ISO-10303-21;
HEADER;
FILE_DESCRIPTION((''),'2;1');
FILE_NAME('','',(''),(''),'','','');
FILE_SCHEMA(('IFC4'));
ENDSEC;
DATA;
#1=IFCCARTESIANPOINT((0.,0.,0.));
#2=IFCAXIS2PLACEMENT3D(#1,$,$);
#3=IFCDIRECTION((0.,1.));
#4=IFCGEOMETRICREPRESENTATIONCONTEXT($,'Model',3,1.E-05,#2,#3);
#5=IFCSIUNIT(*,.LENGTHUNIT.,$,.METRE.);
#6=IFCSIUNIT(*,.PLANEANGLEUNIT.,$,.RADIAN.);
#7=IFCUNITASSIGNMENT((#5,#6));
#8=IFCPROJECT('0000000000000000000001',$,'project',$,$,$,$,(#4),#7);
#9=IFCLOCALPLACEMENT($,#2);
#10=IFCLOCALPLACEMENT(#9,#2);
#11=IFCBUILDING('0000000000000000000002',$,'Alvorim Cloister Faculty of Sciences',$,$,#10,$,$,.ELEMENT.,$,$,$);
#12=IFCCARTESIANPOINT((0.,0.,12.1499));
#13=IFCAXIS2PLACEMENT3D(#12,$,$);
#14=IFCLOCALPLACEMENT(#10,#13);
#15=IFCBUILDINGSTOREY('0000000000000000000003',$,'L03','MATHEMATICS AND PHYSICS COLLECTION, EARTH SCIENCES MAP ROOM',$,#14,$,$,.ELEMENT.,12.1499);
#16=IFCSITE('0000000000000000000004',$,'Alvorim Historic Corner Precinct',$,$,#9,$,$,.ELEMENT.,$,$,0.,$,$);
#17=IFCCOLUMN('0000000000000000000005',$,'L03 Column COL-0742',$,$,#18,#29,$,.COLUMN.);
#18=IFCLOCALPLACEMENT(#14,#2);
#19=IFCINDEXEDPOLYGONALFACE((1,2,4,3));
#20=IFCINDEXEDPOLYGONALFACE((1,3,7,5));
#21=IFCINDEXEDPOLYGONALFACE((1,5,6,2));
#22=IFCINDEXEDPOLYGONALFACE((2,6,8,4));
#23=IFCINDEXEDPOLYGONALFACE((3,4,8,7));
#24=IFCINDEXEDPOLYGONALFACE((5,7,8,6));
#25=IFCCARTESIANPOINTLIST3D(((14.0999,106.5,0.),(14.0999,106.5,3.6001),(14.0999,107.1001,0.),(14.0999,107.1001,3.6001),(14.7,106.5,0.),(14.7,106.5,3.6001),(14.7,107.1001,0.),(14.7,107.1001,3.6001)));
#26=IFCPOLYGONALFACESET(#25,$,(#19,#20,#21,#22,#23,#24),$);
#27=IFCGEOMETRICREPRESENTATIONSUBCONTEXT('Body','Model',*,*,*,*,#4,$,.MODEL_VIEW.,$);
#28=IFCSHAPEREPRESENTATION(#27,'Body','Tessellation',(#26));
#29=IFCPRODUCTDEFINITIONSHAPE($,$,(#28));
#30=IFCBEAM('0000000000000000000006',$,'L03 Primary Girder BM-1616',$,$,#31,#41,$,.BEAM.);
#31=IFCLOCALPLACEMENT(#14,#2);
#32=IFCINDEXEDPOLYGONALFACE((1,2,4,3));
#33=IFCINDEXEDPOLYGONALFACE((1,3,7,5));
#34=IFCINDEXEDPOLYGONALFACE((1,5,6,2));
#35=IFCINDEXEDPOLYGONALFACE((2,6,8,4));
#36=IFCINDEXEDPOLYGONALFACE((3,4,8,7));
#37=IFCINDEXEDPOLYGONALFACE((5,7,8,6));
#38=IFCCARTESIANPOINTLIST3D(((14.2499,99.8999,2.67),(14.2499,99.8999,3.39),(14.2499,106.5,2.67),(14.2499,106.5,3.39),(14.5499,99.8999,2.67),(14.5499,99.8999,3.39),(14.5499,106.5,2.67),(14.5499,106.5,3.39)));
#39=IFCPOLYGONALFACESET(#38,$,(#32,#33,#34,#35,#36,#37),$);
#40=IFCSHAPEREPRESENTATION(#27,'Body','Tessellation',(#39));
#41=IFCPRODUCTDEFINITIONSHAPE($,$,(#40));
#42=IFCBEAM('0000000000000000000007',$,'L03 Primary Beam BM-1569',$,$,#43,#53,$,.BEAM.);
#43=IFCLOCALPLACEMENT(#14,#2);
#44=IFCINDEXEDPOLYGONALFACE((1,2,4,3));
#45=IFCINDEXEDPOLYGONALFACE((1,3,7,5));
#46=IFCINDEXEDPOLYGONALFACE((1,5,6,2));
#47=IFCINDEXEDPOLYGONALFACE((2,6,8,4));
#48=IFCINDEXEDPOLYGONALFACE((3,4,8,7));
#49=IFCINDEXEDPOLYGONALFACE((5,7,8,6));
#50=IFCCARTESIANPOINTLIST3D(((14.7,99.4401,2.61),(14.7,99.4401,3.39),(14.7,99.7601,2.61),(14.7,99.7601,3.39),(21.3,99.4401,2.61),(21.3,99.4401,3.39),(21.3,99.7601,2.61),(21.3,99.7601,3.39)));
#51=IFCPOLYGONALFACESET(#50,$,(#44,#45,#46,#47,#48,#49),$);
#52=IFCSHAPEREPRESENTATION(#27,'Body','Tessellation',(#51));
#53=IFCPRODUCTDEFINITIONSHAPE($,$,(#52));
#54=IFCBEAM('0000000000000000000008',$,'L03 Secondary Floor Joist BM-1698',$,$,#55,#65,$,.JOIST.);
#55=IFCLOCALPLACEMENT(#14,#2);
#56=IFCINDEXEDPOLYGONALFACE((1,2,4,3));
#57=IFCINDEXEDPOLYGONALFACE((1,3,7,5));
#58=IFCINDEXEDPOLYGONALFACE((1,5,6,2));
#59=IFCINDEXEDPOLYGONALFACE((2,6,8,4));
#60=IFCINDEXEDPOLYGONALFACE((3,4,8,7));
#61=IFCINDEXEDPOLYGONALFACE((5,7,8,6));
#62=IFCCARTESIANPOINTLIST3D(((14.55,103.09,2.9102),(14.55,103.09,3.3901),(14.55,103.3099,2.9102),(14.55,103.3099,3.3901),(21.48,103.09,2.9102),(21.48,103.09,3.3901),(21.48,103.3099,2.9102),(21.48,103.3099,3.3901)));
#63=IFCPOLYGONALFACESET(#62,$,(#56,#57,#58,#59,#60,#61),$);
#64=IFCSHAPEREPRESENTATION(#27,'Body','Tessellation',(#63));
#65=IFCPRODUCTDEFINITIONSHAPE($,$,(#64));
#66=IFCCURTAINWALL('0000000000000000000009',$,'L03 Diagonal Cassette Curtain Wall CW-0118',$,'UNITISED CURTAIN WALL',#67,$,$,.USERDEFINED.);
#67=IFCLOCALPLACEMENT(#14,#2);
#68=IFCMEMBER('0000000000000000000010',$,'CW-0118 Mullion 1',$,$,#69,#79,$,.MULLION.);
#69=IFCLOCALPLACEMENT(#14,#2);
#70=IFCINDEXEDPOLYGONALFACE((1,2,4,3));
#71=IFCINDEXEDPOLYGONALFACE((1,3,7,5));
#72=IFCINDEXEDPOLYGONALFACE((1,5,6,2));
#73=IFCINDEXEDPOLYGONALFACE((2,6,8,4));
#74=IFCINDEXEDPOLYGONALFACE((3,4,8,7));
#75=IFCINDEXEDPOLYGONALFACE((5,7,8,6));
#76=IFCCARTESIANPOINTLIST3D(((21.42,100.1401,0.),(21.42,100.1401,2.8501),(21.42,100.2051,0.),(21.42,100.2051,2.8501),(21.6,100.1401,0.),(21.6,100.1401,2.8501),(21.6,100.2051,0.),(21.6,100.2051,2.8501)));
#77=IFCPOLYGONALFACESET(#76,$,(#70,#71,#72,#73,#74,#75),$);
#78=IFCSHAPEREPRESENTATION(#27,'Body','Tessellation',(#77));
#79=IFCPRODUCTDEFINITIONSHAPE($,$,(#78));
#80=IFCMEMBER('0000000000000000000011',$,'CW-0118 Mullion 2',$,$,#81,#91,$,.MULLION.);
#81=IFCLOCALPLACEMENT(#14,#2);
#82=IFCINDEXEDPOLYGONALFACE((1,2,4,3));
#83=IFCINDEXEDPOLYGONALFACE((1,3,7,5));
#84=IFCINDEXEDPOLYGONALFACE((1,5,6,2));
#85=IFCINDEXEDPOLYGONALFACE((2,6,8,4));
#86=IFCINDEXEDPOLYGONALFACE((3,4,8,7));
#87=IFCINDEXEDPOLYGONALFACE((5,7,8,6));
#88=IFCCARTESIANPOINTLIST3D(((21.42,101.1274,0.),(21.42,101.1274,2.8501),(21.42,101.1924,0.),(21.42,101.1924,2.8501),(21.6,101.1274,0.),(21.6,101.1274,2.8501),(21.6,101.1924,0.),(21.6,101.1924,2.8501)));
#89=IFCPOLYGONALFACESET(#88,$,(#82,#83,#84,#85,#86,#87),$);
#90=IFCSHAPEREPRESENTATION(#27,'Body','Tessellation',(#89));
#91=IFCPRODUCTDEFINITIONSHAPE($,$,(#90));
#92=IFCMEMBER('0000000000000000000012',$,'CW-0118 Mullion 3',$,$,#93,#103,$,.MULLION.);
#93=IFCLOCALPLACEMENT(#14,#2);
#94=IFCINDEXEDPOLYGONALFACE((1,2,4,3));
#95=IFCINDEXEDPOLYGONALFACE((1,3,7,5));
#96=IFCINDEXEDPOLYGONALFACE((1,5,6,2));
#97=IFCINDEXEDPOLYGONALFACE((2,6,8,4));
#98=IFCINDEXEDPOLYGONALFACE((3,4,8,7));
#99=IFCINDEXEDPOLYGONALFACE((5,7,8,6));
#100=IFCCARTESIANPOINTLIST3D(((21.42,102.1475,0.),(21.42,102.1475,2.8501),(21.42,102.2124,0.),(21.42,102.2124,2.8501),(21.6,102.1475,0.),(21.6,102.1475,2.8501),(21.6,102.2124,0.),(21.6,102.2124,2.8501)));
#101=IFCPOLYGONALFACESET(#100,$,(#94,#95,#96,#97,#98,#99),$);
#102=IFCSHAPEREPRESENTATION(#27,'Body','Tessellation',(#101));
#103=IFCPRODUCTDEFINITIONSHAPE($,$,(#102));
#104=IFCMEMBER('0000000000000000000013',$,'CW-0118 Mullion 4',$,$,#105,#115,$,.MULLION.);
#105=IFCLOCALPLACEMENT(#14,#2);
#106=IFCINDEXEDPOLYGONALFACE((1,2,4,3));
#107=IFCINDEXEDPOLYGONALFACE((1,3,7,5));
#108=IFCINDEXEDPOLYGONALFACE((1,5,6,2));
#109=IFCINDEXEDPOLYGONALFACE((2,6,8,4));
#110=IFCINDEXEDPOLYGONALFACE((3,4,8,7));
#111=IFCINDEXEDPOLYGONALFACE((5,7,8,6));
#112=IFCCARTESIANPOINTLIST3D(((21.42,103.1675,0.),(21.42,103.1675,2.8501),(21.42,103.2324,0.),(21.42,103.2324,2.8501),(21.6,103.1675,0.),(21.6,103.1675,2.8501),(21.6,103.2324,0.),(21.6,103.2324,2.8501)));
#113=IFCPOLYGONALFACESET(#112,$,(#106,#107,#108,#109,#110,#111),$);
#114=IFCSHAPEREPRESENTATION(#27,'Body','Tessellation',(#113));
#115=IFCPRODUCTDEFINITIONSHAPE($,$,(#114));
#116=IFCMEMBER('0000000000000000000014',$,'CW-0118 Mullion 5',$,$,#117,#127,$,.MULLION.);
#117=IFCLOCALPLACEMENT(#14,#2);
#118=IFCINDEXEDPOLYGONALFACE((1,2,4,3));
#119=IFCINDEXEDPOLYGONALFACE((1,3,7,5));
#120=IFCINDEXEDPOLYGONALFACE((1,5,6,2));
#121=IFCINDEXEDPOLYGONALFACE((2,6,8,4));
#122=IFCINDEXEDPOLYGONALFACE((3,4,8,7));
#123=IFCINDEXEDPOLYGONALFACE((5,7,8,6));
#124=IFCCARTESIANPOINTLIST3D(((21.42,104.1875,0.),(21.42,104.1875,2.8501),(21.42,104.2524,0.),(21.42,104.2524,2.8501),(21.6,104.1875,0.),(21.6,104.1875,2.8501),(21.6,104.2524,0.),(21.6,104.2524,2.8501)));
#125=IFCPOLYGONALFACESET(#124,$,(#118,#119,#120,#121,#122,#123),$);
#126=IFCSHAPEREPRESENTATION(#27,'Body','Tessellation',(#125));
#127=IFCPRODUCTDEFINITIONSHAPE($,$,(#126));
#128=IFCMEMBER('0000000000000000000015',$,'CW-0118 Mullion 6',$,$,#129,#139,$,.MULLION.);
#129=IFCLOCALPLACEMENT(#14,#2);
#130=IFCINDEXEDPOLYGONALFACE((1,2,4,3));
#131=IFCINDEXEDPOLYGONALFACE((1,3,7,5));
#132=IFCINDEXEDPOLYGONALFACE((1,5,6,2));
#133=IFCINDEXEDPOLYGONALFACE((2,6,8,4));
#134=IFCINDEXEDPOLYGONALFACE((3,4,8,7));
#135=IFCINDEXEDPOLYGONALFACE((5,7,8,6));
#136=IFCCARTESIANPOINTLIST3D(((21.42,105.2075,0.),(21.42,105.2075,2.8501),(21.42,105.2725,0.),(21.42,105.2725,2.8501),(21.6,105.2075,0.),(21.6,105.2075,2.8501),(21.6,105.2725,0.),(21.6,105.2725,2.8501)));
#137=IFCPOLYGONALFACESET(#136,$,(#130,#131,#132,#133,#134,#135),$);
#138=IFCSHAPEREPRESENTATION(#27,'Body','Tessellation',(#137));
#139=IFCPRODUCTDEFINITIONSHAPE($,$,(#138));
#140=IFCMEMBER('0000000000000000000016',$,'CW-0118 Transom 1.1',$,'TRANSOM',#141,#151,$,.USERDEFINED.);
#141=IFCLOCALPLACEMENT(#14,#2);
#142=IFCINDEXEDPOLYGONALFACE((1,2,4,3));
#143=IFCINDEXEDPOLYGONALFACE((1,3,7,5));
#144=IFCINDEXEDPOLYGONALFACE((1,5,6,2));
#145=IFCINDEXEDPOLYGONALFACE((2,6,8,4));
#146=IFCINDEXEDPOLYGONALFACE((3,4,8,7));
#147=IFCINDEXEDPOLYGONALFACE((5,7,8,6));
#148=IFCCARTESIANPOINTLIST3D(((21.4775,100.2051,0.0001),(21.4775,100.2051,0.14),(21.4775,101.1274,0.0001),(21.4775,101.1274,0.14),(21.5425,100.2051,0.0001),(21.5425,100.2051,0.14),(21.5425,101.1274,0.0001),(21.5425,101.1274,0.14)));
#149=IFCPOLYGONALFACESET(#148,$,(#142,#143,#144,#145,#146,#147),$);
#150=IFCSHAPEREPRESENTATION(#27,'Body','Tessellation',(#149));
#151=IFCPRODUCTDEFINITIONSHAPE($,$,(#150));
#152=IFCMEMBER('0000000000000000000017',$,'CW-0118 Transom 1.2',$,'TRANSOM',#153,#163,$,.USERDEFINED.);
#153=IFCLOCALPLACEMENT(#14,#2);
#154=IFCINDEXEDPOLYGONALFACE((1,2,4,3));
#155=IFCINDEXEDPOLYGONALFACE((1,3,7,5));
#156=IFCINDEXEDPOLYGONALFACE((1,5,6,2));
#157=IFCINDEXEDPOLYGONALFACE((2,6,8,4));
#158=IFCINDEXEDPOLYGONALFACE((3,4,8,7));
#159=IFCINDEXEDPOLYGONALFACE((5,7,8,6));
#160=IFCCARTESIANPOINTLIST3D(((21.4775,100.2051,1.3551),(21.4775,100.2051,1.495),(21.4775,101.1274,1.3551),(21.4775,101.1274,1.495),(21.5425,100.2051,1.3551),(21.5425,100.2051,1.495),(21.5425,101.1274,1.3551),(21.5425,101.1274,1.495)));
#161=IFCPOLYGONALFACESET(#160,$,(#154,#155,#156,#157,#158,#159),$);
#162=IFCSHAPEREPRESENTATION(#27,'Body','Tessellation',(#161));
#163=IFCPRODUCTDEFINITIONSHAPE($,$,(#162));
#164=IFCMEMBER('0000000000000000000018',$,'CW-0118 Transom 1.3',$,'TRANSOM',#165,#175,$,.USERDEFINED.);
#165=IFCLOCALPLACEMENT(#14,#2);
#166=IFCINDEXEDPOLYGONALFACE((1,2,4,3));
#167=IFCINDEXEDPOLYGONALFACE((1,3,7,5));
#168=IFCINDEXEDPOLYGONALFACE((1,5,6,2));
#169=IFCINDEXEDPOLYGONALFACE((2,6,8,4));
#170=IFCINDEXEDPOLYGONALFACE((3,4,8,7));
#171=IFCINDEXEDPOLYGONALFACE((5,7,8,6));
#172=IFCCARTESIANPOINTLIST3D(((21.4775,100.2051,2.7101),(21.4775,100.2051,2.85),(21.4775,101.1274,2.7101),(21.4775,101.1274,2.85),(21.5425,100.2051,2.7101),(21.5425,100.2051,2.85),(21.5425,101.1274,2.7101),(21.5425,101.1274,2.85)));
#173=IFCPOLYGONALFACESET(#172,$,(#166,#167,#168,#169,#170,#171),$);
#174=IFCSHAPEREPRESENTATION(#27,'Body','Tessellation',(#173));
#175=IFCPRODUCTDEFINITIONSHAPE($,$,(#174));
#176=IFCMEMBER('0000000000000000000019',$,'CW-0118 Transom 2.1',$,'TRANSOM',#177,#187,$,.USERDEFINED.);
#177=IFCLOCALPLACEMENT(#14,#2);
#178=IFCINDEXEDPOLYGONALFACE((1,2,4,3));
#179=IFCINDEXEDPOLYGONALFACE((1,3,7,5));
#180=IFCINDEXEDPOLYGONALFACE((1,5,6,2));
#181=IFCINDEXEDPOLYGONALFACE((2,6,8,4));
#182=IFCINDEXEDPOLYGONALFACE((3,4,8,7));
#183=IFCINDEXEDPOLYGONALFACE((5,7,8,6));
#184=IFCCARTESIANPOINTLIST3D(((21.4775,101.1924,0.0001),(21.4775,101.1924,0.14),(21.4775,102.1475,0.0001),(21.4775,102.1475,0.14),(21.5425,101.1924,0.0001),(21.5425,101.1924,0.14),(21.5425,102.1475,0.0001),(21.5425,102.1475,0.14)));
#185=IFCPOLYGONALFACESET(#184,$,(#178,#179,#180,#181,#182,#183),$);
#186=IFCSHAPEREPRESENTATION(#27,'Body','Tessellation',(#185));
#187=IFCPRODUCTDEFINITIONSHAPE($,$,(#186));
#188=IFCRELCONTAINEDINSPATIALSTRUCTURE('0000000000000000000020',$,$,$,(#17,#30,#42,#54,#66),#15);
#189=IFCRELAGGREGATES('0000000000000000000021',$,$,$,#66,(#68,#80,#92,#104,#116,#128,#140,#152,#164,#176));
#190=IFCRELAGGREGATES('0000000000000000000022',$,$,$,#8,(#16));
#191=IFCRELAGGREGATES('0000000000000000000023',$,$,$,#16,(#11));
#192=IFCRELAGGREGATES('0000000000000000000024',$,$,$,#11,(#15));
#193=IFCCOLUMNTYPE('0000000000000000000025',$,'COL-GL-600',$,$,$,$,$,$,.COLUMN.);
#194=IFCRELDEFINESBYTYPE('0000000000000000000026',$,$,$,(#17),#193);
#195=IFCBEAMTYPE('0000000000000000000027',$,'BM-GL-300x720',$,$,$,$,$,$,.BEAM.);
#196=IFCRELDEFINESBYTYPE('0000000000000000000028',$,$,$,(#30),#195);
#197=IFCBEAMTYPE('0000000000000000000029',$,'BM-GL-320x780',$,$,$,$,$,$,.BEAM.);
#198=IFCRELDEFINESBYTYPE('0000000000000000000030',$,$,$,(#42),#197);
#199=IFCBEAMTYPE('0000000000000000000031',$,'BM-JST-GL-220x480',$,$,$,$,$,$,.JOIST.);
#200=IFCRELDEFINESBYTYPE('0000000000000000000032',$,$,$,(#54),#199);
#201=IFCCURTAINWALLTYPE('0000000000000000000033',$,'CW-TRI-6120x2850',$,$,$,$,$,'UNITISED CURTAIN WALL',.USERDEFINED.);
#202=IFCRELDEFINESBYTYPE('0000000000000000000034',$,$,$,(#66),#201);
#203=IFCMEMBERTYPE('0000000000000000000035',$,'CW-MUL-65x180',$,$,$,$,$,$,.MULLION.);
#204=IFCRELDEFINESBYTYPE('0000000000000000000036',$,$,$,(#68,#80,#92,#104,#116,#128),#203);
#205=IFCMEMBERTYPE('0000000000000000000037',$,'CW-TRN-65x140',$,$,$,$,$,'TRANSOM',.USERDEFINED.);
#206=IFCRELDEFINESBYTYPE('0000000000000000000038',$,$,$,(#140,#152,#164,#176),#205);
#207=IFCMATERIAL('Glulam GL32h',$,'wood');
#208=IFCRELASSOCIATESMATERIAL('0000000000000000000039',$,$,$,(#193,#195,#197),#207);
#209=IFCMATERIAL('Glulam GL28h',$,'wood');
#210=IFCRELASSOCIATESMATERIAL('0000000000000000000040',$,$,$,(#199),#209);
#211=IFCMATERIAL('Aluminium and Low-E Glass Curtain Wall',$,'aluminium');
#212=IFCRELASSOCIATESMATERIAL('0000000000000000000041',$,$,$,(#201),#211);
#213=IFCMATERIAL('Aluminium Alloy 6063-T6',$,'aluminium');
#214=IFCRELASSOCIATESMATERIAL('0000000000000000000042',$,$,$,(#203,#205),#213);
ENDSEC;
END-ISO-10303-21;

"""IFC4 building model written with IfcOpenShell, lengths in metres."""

from ifc_helpers import new_model, si_unit, direction, frame, origin, origin_2d, place, context, subcontext, project, spatial, rectangle, extrude, material, material_profile, profile_set, type_object, element, aggregate, save


model = new_model("IFC4")

# Units and contexts
model_context = context("Model", 3, precision=1e-05, world=origin(), true_north=direction((0.0, 1.0)))
body_context = subcontext(model_context, "Body", "Model", "MODEL_VIEW")
ifc_project = project(units=[si_unit("LENGTHUNIT", "METRE"), si_unit("PLANEANGLEUNIT", "RADIAN")], contexts=[model_context])

# Site, building, storey
site_placement = place(None, origin())
site = spatial("IfcSite", under=ifc_project, at=site_placement, Name="Alvorim Historic Corner Precinct", CompositionType="ELEMENT", RefElevation=0.0)
building_placement = place(site_placement, origin())
building = spatial("IfcBuilding", under=site, at=building_placement, Name="Alvorim Cloister Faculty of Sciences", CompositionType="ELEMENT")
storey_placement = place(building_placement, frame((0.0, 0.0, 12.1499)))
storey = spatial("IfcBuildingStorey", under=building, at=storey_placement, Name="L03", Description="MATHEMATICS AND PHYSICS COLLECTION, EARTH SCIENCES MAP ROOM", CompositionType="ELEMENT", Elevation=12.1499)

# Column
ifc_material_1 = material(Name="Glulam GL32h", Category="wood")
ifc_material_profile_1 = material_profile(ifc_material_1, rectangle(XDim=0.6001, YDim=0.6001, at=origin_2d()), Name="GL32-COL-600x600")
ifc_profile_set_1 = profile_set([ifc_material_profile_1], Name="Glulam GL32h")
column_type = type_object("IfcColumnType", Name="COL-GL-600", PredefinedType="COLUMN", material=ifc_profile_set_1)
column_placement = place(storey_placement, frame((14.3999, 106.8, 0.0), z_axis=(0.0, 0.0, 1.0), x_axis=(1.0, 0.0, 0.0)))
element("IfcColumn", 1, at=column_placement, inside=storey, type_object=column_type, Name="L03 Column COL-0742", PredefinedType="COLUMN", context=body_context, shape_type="SweptSolid", body=[
    extrude(rectangle(XDim=0.6001, YDim=0.6001, at=origin_2d()), origin(), (0.0, 0.0, 1.0), 3.6001),
])

# Beams
ifc_material_profile_2 = material_profile(ifc_material_1, rectangle(XDim=0.3, YDim=0.72, at=origin_2d()), Name="GL32-BM-300x720")
ifc_profile_set_2 = profile_set([ifc_material_profile_2], Name="Glulam GL32h")
beam_type_1 = type_object("IfcBeamType", Name="BM-GL-300x720", PredefinedType="BEAM", material=ifc_profile_set_2)
beam_1_placement = place(storey_placement, frame((14.3999, 99.8999, 3.03), z_axis=(0.0, 1.0, 0.0), x_axis=(-1.0, 0.0, 0.0)))
element("IfcBeam", 2, at=beam_1_placement, inside=storey, type_object=beam_type_1, Name="L03 Primary Girder BM-1616", PredefinedType="BEAM", context=body_context, shape_type="SweptSolid", body=[
    extrude(rectangle(XDim=0.3, YDim=0.72, at=origin_2d()), origin(), (0.0, 0.0, 1.0), 6.6001),
])
ifc_material_profile_3 = material_profile(ifc_material_1, rectangle(XDim=0.3201, YDim=0.78, at=origin_2d()), Name="GL32-BM-320x780")
ifc_profile_set_3 = profile_set([ifc_material_profile_3], Name="Glulam GL32h")
beam_type_2 = type_object("IfcBeamType", Name="BM-GL-320x780", PredefinedType="BEAM", material=ifc_profile_set_3)
beam_2_placement = place(storey_placement, frame((14.7, 99.6001, 3.0), z_axis=(1.0, 0.0, 0.0), x_axis=(0.0, 1.0, 0.0)))
element("IfcBeam", 3, at=beam_2_placement, inside=storey, type_object=beam_type_2, Name="L03 Primary Beam BM-1569", PredefinedType="BEAM", context=body_context, shape_type="SweptSolid", body=[
    extrude(rectangle(XDim=0.3201, YDim=0.78, at=origin_2d()), origin(), (0.0, 0.0, 1.0), 6.6001),
])
ifc_material_2 = material(Name="Glulam GL28h", Category="wood")
ifc_material_profile_4 = material_profile(ifc_material_2, rectangle(XDim=0.22, YDim=0.48, at=origin_2d()), Name="GL28-JST-220x480")
ifc_profile_set_4 = profile_set([ifc_material_profile_4], Name="Glulam GL28h")
beam_type_3 = type_object("IfcBeamType", Name="BM-JST-GL-220x480", PredefinedType="JOIST", material=ifc_profile_set_4)
beam_3_placement = place(storey_placement, frame((14.55, 103.2, 3.1501), z_axis=(1.0, 0.0, 0.0), x_axis=(0.0, 1.0, 0.0)))
element("IfcBeam", 4, at=beam_3_placement, inside=storey, type_object=beam_type_3, Name="L03 Secondary Floor Joist BM-1698", PredefinedType="JOIST", context=body_context, shape_type="SweptSolid", body=[
    extrude(rectangle(XDim=0.22, YDim=0.48, at=origin_2d()), origin(), (0.0, 0.0, 1.0), 6.9299),
])

# Curtain wall, members
ifc_material_3 = material(Name="Aluminium and Low-E Glass Curtain Wall", Category="aluminium")
curtain_wall_type = type_object("IfcCurtainWallType", Name="CW-TRI-6120x2850", ElementType="UNITISED CURTAIN WALL", PredefinedType="USERDEFINED", material=ifc_material_3)
curtain_wall_placement = place(storey_placement, origin())
curtain_wall = element("IfcCurtainWall", 5, at=curtain_wall_placement, inside=storey, type_object=curtain_wall_type, Name="L03 Diagonal Cassette Curtain Wall CW-0118", ObjectType="UNITISED CURTAIN WALL", PredefinedType="USERDEFINED")
ifc_material_4 = material(Name="Aluminium Alloy 6063-T6", Category="aluminium")
ifc_material_profile_5 = material_profile(ifc_material_4, rectangle(XDim=0.0649, YDim=0.1799, at=origin_2d()), Name="ALU-MUL-65x180")
ifc_profile_set_5 = profile_set([ifc_material_profile_5], Name="Aluminium Alloy 6063-T6")
member_type_1 = type_object("IfcMemberType", Name="CW-MUL-65x180", PredefinedType="MULLION", material=ifc_profile_set_5)
member_1_placement = place(storey_placement, frame((21.51, 100.1726, 0.0), z_axis=(0.0, 0.0, 1.0), x_axis=(0.0, 1.0, 0.0)))
member_1 = element("IfcMember", 6, at=member_1_placement, type_object=member_type_1, Name="CW-0118 Mullion 1", PredefinedType="MULLION", context=body_context, shape_type="SweptSolid", body=[
    extrude(rectangle(XDim=0.0649, YDim=0.1799, at=origin_2d()), origin(), (0.0, 0.0, 1.0), 2.8501),
])
member_2_placement = place(storey_placement, frame((21.51, 101.1599, 0.0), z_axis=(0.0, 0.0, 1.0), x_axis=(0.0, 1.0, 0.0)))
member_2 = element("IfcMember", 7, at=member_2_placement, type_object=member_type_1, Name="CW-0118 Mullion 2", PredefinedType="MULLION", context=body_context, shape_type="SweptSolid", body=[
    extrude(rectangle(XDim=0.0649, YDim=0.1799, at=origin_2d()), origin(), (0.0, 0.0, 1.0), 2.8501),
])
member_3_placement = place(storey_placement, frame((21.51, 102.1799, 0.0), z_axis=(0.0, 0.0, 1.0), x_axis=(0.0, 1.0, 0.0)))
member_3 = element("IfcMember", 8, at=member_3_placement, type_object=member_type_1, Name="CW-0118 Mullion 3", PredefinedType="MULLION", context=body_context, shape_type="SweptSolid", body=[
    extrude(rectangle(XDim=0.0649, YDim=0.1799, at=origin_2d()), origin(), (0.0, 0.0, 1.0), 2.8501),
])
member_4_placement = place(storey_placement, frame((21.51, 103.2, 0.0), z_axis=(0.0, 0.0, 1.0), x_axis=(0.0, 1.0, 0.0)))
member_4 = element("IfcMember", 9, at=member_4_placement, type_object=member_type_1, Name="CW-0118 Mullion 4", PredefinedType="MULLION", context=body_context, shape_type="SweptSolid", body=[
    extrude(rectangle(XDim=0.0649, YDim=0.1799, at=origin_2d()), origin(), (0.0, 0.0, 1.0), 2.8501),
])
member_5_placement = place(storey_placement, frame((21.51, 104.22, 0.0), z_axis=(0.0, 0.0, 1.0), x_axis=(0.0, 1.0, 0.0)))
member_5 = element("IfcMember", 10, at=member_5_placement, type_object=member_type_1, Name="CW-0118 Mullion 5", PredefinedType="MULLION", context=body_context, shape_type="SweptSolid", body=[
    extrude(rectangle(XDim=0.0649, YDim=0.1799, at=origin_2d()), origin(), (0.0, 0.0, 1.0), 2.8501),
])
member_6_placement = place(storey_placement, frame((21.51, 105.24, 0.0), z_axis=(0.0, 0.0, 1.0), x_axis=(0.0, 1.0, 0.0)))
member_6 = element("IfcMember", 11, at=member_6_placement, type_object=member_type_1, Name="CW-0118 Mullion 6", PredefinedType="MULLION", context=body_context, shape_type="SweptSolid", body=[
    extrude(rectangle(XDim=0.0649, YDim=0.1799, at=origin_2d()), origin(), (0.0, 0.0, 1.0), 2.8501),
])
ifc_material_profile_6 = material_profile(ifc_material_4, rectangle(XDim=0.0649, YDim=0.1399, at=origin_2d()), Name="ALU-TRN-65x140")
ifc_profile_set_6 = profile_set([ifc_material_profile_6], Name="Aluminium Alloy 6063-T6")
member_type_2 = type_object("IfcMemberType", Name="CW-TRN-65x140", ElementType="TRANSOM", PredefinedType="USERDEFINED", material=ifc_profile_set_6)
member_7_placement = place(storey_placement, frame((21.51, 100.2051, 0.0701), z_axis=(0.0, 1.0, 0.0), x_axis=(-1.0, 0.0, 0.0)))
member_7 = element("IfcMember", 12, at=member_7_placement, type_object=member_type_2, Name="CW-0118 Transom 1.1", ObjectType="TRANSOM", PredefinedType="USERDEFINED", context=body_context, shape_type="SweptSolid", body=[
    extrude(rectangle(XDim=0.0649, YDim=0.1399, at=origin_2d()), origin(), (0.0, 0.0, 1.0), 0.9224),
])
member_8_placement = place(storey_placement, frame((21.51, 100.2051, 1.425), z_axis=(0.0, 1.0, 0.0), x_axis=(-1.0, 0.0, 0.0)))
member_8 = element("IfcMember", 13, at=member_8_placement, type_object=member_type_2, Name="CW-0118 Transom 1.2", ObjectType="TRANSOM", PredefinedType="USERDEFINED", context=body_context, shape_type="SweptSolid", body=[
    extrude(rectangle(XDim=0.0649, YDim=0.1399, at=origin_2d()), origin(), (0.0, 0.0, 1.0), 0.9224),
])
member_9_placement = place(storey_placement, frame((21.51, 100.2051, 2.78), z_axis=(0.0, 1.0, 0.0), x_axis=(-1.0, 0.0, 0.0)))
member_9 = element("IfcMember", 14, at=member_9_placement, type_object=member_type_2, Name="CW-0118 Transom 1.3", ObjectType="TRANSOM", PredefinedType="USERDEFINED", context=body_context, shape_type="SweptSolid", body=[
    extrude(rectangle(XDim=0.0649, YDim=0.1399, at=origin_2d()), origin(), (0.0, 0.0, 1.0), 0.9224),
])
member_10_placement = place(storey_placement, frame((21.51, 101.1924, 0.0701), z_axis=(0.0, 1.0, 0.0), x_axis=(-1.0, 0.0, 0.0)))
member_10 = element("IfcMember", 15, at=member_10_placement, type_object=member_type_2, Name="CW-0118 Transom 2.1", ObjectType="TRANSOM", PredefinedType="USERDEFINED", context=body_context, shape_type="SweptSolid", body=[
    extrude(rectangle(XDim=0.0649, YDim=0.1399, at=origin_2d()), origin(), (0.0, 0.0, 1.0), 0.9551),
])
aggregate(curtain_wall, [member_1, member_2, member_3, member_4, member_5, member_6, member_7, member_8, member_9, member_10])

save(model, "model.ifc")
